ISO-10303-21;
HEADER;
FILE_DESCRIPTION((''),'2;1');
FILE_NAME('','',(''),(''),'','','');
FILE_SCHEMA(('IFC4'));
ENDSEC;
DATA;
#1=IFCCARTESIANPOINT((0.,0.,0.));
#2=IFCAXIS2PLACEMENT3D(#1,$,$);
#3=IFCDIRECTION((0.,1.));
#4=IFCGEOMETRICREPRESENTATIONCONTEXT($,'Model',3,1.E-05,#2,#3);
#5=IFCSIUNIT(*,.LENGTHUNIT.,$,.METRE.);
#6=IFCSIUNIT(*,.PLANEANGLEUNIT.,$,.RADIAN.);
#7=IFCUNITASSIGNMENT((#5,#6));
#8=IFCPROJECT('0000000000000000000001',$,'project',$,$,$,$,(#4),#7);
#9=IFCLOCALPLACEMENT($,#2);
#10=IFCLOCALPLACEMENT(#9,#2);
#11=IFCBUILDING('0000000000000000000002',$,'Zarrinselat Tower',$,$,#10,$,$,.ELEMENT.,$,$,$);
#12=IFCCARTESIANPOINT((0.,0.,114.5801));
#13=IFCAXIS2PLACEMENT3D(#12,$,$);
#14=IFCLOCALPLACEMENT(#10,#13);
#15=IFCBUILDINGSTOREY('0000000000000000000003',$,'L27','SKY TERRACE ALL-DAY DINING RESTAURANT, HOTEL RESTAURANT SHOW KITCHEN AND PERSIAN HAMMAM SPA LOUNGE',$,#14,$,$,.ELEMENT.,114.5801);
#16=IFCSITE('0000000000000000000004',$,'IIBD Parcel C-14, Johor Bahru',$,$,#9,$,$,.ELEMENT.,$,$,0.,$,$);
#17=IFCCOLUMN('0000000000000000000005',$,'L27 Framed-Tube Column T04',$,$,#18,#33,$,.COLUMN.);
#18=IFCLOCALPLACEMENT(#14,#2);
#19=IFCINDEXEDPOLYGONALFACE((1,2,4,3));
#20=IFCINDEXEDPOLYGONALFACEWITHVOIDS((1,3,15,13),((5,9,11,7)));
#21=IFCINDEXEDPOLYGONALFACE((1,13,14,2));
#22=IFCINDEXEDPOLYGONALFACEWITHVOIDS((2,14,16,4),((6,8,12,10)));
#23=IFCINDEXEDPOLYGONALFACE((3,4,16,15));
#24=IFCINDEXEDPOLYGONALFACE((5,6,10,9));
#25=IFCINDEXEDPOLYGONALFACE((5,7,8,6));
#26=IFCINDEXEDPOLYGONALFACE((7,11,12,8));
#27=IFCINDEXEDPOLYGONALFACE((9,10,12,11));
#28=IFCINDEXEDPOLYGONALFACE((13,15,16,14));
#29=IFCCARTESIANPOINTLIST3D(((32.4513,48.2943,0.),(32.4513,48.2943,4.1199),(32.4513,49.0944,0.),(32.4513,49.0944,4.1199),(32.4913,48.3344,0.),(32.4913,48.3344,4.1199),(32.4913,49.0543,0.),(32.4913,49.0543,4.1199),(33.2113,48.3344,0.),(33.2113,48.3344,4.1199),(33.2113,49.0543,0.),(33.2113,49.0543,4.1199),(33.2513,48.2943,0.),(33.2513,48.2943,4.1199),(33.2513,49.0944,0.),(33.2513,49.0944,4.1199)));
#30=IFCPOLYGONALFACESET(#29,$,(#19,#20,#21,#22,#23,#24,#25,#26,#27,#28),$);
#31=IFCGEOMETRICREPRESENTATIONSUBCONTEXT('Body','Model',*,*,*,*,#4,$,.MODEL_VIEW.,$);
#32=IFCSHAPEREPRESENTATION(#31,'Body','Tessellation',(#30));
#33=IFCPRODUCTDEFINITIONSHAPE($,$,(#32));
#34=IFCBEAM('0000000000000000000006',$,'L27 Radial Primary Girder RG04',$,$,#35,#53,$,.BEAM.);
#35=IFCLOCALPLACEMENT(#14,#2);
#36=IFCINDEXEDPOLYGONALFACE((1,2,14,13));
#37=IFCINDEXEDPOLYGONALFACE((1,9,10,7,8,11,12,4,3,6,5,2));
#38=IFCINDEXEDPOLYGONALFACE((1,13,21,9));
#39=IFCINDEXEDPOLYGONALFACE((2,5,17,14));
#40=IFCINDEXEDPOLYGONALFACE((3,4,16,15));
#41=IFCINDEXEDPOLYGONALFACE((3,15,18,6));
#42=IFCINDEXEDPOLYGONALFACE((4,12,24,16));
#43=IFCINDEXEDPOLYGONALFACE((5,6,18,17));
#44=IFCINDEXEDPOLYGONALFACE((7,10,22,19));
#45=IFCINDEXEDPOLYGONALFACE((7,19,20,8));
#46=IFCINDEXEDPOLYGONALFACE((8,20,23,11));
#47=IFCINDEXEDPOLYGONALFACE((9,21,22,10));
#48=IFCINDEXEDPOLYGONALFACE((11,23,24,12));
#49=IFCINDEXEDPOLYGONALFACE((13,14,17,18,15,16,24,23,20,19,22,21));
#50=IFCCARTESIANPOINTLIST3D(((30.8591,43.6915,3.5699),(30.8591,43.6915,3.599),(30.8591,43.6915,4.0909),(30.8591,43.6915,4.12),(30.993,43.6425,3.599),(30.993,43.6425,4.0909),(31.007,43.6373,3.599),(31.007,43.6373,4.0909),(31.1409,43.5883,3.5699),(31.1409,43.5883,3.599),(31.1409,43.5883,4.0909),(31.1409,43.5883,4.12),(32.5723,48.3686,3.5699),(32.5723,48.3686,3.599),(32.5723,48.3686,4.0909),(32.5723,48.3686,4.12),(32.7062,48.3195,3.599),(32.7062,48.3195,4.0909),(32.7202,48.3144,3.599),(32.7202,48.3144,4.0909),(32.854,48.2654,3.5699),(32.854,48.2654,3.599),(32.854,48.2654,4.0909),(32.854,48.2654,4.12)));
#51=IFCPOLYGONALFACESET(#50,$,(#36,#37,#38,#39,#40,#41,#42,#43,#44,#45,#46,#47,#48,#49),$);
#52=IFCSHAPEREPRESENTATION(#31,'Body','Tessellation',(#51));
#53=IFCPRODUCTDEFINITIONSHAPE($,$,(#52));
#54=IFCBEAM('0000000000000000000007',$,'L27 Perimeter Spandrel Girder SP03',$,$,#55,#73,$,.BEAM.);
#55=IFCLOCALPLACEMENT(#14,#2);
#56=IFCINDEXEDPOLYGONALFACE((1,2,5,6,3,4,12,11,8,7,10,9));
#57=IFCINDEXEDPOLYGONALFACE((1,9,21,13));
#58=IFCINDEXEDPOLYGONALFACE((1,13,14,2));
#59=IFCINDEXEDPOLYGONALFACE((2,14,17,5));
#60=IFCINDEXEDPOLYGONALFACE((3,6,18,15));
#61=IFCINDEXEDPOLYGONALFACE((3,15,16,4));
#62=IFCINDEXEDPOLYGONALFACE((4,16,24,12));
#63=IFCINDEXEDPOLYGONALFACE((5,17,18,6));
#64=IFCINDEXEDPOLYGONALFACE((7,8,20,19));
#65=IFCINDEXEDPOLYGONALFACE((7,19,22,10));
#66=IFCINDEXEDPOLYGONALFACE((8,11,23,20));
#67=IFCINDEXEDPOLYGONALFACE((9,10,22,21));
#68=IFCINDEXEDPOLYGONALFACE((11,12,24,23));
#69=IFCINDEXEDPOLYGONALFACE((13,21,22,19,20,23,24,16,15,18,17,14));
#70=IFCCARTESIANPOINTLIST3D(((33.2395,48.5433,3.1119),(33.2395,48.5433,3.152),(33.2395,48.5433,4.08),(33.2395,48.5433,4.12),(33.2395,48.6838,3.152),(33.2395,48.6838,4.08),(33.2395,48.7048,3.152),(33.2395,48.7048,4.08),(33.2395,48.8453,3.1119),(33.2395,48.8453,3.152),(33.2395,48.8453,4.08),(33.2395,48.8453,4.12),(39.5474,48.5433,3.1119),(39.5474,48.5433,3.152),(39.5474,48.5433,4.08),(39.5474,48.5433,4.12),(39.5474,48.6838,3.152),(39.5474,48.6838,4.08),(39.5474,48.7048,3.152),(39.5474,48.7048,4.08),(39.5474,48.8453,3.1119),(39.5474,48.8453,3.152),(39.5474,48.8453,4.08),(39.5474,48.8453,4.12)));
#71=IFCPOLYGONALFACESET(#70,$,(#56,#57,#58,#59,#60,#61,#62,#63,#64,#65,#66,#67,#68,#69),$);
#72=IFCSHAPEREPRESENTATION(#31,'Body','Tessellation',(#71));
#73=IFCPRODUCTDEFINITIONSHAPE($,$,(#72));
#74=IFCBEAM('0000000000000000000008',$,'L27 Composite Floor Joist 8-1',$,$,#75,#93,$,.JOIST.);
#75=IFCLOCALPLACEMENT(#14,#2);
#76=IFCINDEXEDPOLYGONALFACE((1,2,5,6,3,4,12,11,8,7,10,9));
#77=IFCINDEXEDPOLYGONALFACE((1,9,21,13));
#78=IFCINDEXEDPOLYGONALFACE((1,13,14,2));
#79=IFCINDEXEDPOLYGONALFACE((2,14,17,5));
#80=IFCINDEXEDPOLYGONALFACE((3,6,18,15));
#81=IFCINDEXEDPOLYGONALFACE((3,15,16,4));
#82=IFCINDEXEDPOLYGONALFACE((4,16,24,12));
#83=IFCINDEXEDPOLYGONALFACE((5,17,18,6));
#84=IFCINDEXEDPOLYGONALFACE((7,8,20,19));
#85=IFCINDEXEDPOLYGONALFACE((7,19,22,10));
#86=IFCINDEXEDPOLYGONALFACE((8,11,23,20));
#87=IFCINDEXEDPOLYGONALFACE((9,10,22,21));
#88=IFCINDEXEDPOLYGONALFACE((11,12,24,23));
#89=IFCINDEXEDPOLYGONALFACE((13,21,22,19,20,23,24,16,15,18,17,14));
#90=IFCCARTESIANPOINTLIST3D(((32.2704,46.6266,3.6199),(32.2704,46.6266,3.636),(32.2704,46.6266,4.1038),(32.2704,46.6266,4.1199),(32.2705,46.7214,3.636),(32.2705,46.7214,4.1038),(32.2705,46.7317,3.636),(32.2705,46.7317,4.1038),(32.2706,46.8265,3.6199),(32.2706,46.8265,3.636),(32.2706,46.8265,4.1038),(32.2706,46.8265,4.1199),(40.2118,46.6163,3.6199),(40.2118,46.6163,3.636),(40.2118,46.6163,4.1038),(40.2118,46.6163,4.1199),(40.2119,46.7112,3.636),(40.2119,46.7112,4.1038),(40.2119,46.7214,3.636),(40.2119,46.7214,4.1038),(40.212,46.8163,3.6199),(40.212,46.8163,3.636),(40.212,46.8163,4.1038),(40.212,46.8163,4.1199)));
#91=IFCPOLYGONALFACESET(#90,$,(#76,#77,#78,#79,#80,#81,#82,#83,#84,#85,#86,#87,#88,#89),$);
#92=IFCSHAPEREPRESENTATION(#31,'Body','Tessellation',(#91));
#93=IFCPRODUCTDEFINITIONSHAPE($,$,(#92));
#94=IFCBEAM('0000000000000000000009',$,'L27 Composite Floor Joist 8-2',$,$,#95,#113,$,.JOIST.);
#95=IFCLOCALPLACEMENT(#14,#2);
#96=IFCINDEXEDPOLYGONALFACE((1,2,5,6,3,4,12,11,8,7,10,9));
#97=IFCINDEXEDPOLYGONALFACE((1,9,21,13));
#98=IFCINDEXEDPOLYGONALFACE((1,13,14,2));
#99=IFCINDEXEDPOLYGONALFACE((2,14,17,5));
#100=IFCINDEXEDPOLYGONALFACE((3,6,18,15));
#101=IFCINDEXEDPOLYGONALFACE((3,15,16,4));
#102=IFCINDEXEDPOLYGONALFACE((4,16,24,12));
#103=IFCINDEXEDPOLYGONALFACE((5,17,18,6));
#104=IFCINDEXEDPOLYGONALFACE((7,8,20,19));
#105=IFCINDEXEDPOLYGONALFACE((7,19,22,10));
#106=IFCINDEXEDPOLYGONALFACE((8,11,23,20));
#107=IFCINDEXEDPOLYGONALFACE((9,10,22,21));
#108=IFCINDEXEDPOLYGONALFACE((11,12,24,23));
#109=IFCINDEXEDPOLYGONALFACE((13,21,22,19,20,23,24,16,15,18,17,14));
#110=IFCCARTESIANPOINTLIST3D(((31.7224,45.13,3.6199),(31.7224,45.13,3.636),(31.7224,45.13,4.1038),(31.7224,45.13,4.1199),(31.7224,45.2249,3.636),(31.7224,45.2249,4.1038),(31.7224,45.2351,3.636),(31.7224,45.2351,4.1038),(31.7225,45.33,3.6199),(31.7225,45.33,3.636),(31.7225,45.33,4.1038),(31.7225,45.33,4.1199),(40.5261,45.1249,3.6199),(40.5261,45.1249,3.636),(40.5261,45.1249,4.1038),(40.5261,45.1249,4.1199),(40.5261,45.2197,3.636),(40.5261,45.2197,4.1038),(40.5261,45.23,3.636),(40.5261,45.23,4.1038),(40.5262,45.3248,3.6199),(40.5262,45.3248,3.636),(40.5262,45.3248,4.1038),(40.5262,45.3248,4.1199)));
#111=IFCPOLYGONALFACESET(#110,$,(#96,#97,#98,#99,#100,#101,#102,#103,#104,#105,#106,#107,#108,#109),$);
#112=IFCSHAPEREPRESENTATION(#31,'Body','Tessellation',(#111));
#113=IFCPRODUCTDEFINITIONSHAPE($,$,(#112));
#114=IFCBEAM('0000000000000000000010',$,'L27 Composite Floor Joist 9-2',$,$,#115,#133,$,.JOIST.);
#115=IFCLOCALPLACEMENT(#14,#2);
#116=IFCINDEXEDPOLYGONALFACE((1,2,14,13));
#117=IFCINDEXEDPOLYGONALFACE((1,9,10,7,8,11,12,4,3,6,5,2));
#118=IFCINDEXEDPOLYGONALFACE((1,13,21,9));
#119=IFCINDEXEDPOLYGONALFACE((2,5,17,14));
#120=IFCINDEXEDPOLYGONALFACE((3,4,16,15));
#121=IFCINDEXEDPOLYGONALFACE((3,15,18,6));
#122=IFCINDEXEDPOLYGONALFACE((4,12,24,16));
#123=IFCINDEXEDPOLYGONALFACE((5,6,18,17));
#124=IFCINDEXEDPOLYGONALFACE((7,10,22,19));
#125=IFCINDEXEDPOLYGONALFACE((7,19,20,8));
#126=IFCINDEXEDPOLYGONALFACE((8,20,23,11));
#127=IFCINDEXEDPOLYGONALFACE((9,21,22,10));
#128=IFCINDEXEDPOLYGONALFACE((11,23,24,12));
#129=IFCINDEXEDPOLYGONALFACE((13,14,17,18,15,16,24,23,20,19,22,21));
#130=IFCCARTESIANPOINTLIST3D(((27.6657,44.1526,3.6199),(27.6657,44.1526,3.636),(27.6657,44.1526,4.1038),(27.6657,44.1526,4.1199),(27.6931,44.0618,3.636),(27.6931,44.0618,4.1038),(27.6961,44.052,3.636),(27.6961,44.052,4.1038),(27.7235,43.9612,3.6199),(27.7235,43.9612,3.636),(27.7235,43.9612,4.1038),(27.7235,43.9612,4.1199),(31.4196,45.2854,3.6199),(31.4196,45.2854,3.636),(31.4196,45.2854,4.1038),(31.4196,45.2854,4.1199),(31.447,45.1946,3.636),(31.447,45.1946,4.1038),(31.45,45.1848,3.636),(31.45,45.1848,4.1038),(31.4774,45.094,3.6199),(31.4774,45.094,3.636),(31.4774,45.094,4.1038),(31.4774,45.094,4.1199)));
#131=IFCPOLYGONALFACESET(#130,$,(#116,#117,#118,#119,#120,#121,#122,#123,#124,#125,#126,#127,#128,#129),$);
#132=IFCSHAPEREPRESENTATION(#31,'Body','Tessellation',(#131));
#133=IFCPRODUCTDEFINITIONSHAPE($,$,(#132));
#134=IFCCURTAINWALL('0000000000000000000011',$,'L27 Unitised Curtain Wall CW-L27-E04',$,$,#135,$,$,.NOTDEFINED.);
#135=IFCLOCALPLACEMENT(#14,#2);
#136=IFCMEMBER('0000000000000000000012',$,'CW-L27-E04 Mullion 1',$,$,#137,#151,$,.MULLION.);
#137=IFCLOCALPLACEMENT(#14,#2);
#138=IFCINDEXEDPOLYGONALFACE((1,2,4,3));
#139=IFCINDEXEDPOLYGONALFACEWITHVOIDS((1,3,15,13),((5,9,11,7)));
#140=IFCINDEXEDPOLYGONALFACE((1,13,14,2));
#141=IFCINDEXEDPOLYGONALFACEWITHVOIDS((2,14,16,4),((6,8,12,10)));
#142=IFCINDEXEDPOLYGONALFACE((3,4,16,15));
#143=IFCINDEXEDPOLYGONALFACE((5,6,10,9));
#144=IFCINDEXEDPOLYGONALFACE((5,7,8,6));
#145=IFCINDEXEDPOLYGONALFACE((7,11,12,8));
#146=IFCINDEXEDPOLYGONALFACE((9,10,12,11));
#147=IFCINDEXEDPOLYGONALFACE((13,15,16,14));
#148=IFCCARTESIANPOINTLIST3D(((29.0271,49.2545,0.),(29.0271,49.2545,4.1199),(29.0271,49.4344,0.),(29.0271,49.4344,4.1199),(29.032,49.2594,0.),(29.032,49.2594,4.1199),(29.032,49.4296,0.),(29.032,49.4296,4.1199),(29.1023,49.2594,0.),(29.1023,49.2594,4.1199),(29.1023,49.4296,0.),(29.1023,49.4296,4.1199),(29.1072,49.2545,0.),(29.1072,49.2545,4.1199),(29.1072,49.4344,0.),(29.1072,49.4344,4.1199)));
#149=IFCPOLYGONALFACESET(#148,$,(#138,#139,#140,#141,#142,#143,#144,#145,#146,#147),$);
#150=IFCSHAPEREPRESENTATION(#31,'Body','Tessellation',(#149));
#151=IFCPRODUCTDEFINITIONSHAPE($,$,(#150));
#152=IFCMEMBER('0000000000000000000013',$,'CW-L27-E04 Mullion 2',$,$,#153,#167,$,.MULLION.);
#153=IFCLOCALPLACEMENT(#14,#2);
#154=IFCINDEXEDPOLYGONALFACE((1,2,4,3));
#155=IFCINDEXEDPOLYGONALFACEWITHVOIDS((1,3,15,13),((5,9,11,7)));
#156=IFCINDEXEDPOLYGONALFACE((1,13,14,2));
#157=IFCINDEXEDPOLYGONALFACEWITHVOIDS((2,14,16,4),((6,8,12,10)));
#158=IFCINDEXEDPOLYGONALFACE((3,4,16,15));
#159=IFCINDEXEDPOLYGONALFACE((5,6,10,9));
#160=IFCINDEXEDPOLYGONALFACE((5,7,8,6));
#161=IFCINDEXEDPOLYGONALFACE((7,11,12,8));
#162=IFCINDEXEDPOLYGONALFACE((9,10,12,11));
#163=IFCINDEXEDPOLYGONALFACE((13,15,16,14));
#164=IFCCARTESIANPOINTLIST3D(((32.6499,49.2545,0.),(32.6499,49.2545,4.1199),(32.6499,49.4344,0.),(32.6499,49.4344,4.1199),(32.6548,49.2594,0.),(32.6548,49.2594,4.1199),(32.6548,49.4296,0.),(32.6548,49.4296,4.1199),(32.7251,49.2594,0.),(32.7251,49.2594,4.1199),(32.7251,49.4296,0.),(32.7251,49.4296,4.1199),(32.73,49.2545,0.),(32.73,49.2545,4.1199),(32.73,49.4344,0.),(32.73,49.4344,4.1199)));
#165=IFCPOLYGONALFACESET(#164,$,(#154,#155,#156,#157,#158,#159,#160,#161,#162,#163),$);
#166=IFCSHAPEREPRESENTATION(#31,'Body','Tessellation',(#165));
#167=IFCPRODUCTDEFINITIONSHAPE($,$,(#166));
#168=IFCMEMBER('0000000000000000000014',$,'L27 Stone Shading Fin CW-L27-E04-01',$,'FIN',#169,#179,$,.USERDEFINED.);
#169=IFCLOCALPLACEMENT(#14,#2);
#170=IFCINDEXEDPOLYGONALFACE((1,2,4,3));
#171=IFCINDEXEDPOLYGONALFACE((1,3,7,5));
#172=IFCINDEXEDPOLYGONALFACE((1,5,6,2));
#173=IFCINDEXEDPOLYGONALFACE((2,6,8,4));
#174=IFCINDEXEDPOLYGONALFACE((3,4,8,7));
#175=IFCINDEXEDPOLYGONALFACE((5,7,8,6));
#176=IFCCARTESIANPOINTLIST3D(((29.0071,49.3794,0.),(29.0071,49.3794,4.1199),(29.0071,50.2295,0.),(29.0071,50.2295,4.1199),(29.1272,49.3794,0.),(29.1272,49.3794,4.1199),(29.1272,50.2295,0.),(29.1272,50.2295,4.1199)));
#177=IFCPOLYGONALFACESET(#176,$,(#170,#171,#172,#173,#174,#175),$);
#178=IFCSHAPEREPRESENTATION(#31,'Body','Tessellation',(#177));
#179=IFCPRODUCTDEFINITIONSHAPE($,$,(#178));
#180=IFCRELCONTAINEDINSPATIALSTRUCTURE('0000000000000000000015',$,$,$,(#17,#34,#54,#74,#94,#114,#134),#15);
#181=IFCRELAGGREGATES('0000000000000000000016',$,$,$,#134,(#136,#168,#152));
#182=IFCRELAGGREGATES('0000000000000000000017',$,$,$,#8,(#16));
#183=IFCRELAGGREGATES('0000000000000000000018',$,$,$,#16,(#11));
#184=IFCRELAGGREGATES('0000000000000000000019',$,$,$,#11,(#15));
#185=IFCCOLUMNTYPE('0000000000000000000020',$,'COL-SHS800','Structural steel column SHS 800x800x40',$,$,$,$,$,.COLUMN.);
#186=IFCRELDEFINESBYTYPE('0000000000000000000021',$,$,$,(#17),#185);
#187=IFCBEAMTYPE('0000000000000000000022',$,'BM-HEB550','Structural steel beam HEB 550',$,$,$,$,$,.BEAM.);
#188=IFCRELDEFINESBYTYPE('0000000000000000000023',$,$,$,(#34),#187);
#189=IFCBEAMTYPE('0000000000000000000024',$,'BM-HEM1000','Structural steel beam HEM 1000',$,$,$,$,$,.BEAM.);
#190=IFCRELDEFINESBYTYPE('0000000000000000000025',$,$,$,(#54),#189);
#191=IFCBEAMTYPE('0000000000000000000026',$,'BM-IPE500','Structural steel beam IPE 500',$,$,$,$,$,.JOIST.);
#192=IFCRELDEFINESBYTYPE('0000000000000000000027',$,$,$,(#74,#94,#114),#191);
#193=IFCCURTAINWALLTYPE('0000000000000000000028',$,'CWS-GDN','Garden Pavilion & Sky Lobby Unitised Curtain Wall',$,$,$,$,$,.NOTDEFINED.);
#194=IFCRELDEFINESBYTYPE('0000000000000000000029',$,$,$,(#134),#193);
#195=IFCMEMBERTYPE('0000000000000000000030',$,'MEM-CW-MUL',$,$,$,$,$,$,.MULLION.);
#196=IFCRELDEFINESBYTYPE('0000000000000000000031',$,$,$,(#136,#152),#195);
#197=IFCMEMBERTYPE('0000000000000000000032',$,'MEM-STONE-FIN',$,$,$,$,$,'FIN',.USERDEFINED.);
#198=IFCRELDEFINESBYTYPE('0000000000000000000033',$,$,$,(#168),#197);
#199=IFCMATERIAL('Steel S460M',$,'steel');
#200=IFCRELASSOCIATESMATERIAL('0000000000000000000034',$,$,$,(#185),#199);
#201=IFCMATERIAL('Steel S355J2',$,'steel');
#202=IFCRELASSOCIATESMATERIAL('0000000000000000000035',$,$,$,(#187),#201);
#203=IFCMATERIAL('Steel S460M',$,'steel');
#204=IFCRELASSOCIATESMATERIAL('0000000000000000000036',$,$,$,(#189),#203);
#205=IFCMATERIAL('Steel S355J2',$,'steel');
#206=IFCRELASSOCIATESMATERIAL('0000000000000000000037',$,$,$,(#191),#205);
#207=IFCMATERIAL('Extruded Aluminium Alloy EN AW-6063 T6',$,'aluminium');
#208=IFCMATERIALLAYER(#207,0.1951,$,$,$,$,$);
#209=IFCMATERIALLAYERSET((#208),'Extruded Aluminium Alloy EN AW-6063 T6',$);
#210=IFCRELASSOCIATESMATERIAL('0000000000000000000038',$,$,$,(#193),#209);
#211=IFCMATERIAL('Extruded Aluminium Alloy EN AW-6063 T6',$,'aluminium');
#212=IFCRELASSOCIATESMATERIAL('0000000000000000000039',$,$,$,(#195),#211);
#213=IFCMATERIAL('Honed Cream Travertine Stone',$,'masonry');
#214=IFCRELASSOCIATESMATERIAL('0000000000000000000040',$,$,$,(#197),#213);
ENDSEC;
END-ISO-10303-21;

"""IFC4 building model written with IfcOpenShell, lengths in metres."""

from ifc_helpers import new_model, si_unit, direction, frame, origin, origin_2d, place, context, subcontext, project, spatial, rectangle, hollow_rectangle, i_section, extrude, material, layer, layer_set, material_profile, profile_set, type_object, element, aggregate, save


model = new_model("IFC4")

# Units and contexts
model_context = context("Model", 3, precision=1e-05, world=origin(), true_north=direction((0.0, 1.0)))
body_context = subcontext(model_context, "Body", "Model", "MODEL_VIEW")
ifc_project = project(units=[si_unit("LENGTHUNIT", "METRE"), si_unit("PLANEANGLEUNIT", "RADIAN")], contexts=[model_context])

# Site, building, storey
site_placement = place(None, origin())
site = spatial("IfcSite", under=ifc_project, at=site_placement, Name="IIBD Parcel C-14, Johor Bahru", CompositionType="ELEMENT", RefElevation=0.0)
building_placement = place(site_placement, origin())
building = spatial("IfcBuilding", under=site, at=building_placement, Name="Zarrinselat Tower", CompositionType="ELEMENT")
storey_placement = place(building_placement, frame((0.0, 0.0, 114.5801)))
storey = spatial("IfcBuildingStorey", under=building, at=storey_placement, Name="L27", Description="SKY TERRACE ALL-DAY DINING RESTAURANT, HOTEL RESTAURANT SHOW KITCHEN AND PERSIAN HAMMAM SPA LOUNGE", CompositionType="ELEMENT", Elevation=114.5801)

# Column
ifc_material_1 = material(Name="Steel S460M", Category="steel")
ifc_material_profile_1 = material_profile(ifc_material_1, hollow_rectangle(XDim=0.8, YDim=0.8, WallThickness=0.04, at=origin_2d()), Name="SHS 800x800x40")
ifc_profile_set_1 = profile_set([ifc_material_profile_1], Name="Steel S460M")
column_type = type_object("IfcColumnType", Name="COL-SHS800", Description="Structural steel column SHS 800x800x40", PredefinedType="COLUMN", material=ifc_profile_set_1)
column_placement = place(storey_placement, frame((32.8513, 48.6943, 0.0), z_axis=(0.0, 0.0, 1.0), x_axis=(1.0, 0.0, 0.0)))
element("IfcColumn", 1, at=column_placement, inside=storey, type_object=column_type, Name="L27 Framed-Tube Column T04", PredefinedType="COLUMN", context=body_context, shape_type="SweptSolid", body=[
    extrude(hollow_rectangle(XDim=0.8, YDim=0.8, WallThickness=0.04, at=origin_2d()), origin(), (0.0, 0.0, 1.0), 4.1199),
])

# Beams
ifc_material_2 = material(Name="Steel S355J2", Category="steel")
ifc_material_profile_2 = material_profile(ifc_material_2, i_section(OverallWidth=0.3, OverallDepth=0.55, WebThickness=0.0149, FlangeThickness=0.0291, at=origin_2d()), Name="HEB 550")
ifc_profile_set_2 = profile_set([ifc_material_profile_2], Name="Steel S355J2")
beam_type_1 = type_object("IfcBeamType", Name="BM-HEB550", Description="Structural steel beam HEB 550", PredefinedType="BEAM", material=ifc_profile_set_2)
beam_1_placement = place(storey_placement, frame((31.0, 43.6399, 3.845), z_axis=(0.343942, 0.938991, 0.0), x_axis=(-0.938991, 0.343942, 0.0)))
element("IfcBeam", 2, at=beam_1_placement, inside=storey, type_object=beam_type_1, Name="L27 Radial Primary Girder RG04", PredefinedType="BEAM", context=body_context, shape_type="SweptSolid", body=[
    extrude(i_section(OverallWidth=0.3, OverallDepth=0.55, WebThickness=0.0149, FlangeThickness=0.0291, at=origin_2d()), origin(), (0.0, 0.0, 1.0), 4.981),
])
ifc_material_3 = material(Name="Steel S460M", Category="steel")
ifc_material_profile_3 = material_profile(ifc_material_3, i_section(OverallWidth=0.302, OverallDepth=1.0081, WebThickness=0.021, FlangeThickness=0.04, at=origin_2d()), Name="HEM 1000")
ifc_profile_set_3 = profile_set([ifc_material_profile_3], Name="Steel S460M")
beam_type_2 = type_object("IfcBeamType", Name="BM-HEM1000", Description="Structural steel beam HEM 1000", PredefinedType="BEAM", material=ifc_profile_set_3)
beam_2_placement = place(storey_placement, frame((33.2395, 48.6943, 3.616), z_axis=(1.0, 0.0, 0.0), x_axis=(0.0, 1.0, 0.0)))
element("IfcBeam", 3, at=beam_2_placement, inside=storey, type_object=beam_type_2, Name="L27 Perimeter Spandrel Girder SP03", PredefinedType="BEAM", context=body_context, shape_type="SweptSolid", body=[
    extrude(i_section(OverallWidth=0.302, OverallDepth=1.0081, WebThickness=0.021, FlangeThickness=0.04, at=origin_2d()), origin(), (0.0, 0.0, 1.0), 6.3079),
])
ifc_material_4 = material(Name="Steel S355J2", Category="steel")
ifc_material_profile_4 = material_profile(ifc_material_4, i_section(OverallWidth=0.2, OverallDepth=0.5, WebThickness=0.0103, FlangeThickness=0.0161, at=origin_2d()), Name="IPE 500")
ifc_profile_set_4 = profile_set([ifc_material_profile_4], Name="Steel S355J2")
beam_type_3 = type_object("IfcBeamType", Name="BM-IPE500", Description="Structural steel beam IPE 500", PredefinedType="JOIST", material=ifc_profile_set_4)
beam_3_placement = place(storey_placement, frame((32.2705, 46.7266, 3.8699), z_axis=(0.999999, -0.001291, 0.0), x_axis=(0.001291, 0.999999, 0.0)))
element("IfcBeam", 4, at=beam_3_placement, inside=storey, type_object=beam_type_3, Name="L27 Composite Floor Joist 8-1", PredefinedType="JOIST", context=body_context, shape_type="SweptSolid", body=[
    extrude(i_section(OverallWidth=0.2, OverallDepth=0.5, WebThickness=0.0103, FlangeThickness=0.0161, at=origin_2d()), origin(), (0.0, 0.0, 1.0), 7.9414),
])
beam_4_placement = place(storey_placement, frame((31.7224, 45.23, 3.8699), z_axis=(1.0, -0.000582, 0.0), x_axis=(0.000582, 1.0, 0.0)))
element("IfcBeam", 5, at=beam_4_placement, inside=storey, type_object=beam_type_3, Name="L27 Composite Floor Joist 8-2", PredefinedType="JOIST", context=body_context, shape_type="SweptSolid", body=[
    extrude(i_section(OverallWidth=0.2, OverallDepth=0.5, WebThickness=0.0103, FlangeThickness=0.0161, at=origin_2d()), origin(), (0.0, 0.0, 1.0), 8.8037),
])
beam_5_placement = place(storey_placement, frame((27.6946, 44.0569, 3.8699), z_axis=(0.957359, 0.288901, 0.0), x_axis=(-0.288901, 0.957359, 0.0)))
element("IfcBeam", 6, at=beam_5_placement, inside=storey, type_object=beam_type_3, Name="L27 Composite Floor Joist 9-2", PredefinedType="JOIST", context=body_context, shape_type="SweptSolid", body=[
    extrude(i_section(OverallWidth=0.2, OverallDepth=0.5, WebThickness=0.0103, FlangeThickness=0.0161, at=origin_2d()), origin(), (0.0, 0.0, 1.0), 3.9211),
])

# Curtain wall, members
ifc_material_5 = material(Name="Extruded Aluminium Alloy EN AW-6063 T6", Category="aluminium")
ifc_layer_1 = layer(ifc_material_5, 0.1951)
ifc_layer_set_1 = layer_set([ifc_layer_1], Name="Extruded Aluminium Alloy EN AW-6063 T6")
curtain_wall_type = type_object("IfcCurtainWallType", Name="CWS-GDN", Description="Garden Pavilion & Sky Lobby Unitised Curtain Wall", PredefinedType="NOTDEFINED", material=ifc_layer_set_1)
curtain_wall_placement = place(storey_placement, origin())
curtain_wall = element("IfcCurtainWall", 7, at=curtain_wall_placement, inside=storey, type_object=curtain_wall_type, Name="L27 Unitised Curtain Wall CW-L27-E04", PredefinedType="NOTDEFINED")
ifc_material_6 = material(Name="Extruded Aluminium Alloy EN AW-6063 T6", Category="aluminium")
ifc_material_profile_5 = material_profile(ifc_material_6, hollow_rectangle(XDim=0.0801, YDim=0.1799, WallThickness=0.0049, at=origin_2d()), Name="RHS 180x80x5")
ifc_profile_set_5 = profile_set([ifc_material_profile_5], Name="Extruded Aluminium Alloy EN AW-6063 T6")
member_type_1 = type_object("IfcMemberType", Name="MEM-CW-MUL", PredefinedType="MULLION", material=ifc_profile_set_5)
member_1_placement = place(storey_placement, frame((29.0671, 49.3445, 0.0), z_axis=(0.0, 0.0, 1.0), x_axis=(1.0, 0.0, 0.0)))
member_1 = element("IfcMember", 8, at=member_1_placement, type_object=member_type_1, Name="CW-L27-E04 Mullion 1", PredefinedType="MULLION", context=body_context, shape_type="SweptSolid", body=[
    extrude(hollow_rectangle(XDim=0.0801, YDim=0.1799, WallThickness=0.0049, at=origin_2d()), origin(), (0.0, 0.0, 1.0), 4.1199),
])
member_2_placement = place(storey_placement, frame((32.6899, 49.3445, 0.0), z_axis=(0.0, 0.0, 1.0), x_axis=(1.0, 0.0, 0.0)))
member_2 = element("IfcMember", 9, at=member_2_placement, type_object=member_type_1, Name="CW-L27-E04 Mullion 2", PredefinedType="MULLION", context=body_context, shape_type="SweptSolid", body=[
    extrude(hollow_rectangle(XDim=0.0801, YDim=0.1799, WallThickness=0.0049, at=origin_2d()), origin(), (0.0, 0.0, 1.0), 4.1199),
])
ifc_material_7 = material(Name="Honed Cream Travertine Stone", Category="masonry")
ifc_material_profile_6 = material_profile(ifc_material_7, rectangle(XDim=0.1201, YDim=0.8501, at=origin_2d()), Name="FIN 850x120")
ifc_profile_set_6 = profile_set([ifc_material_profile_6], Name="Honed Cream Travertine Stone")
member_type_2 = type_object("IfcMemberType", Name="MEM-STONE-FIN", ElementType="FIN", PredefinedType="USERDEFINED", material=ifc_profile_set_6)
member_3_placement = place(storey_placement, frame((29.0671, 49.8044, 0.0), z_axis=(0.0, 0.0, 1.0), x_axis=(1.0, 0.0, 0.0)))
member_3 = element("IfcMember", 10, at=member_3_placement, type_object=member_type_2, Name="L27 Stone Shading Fin CW-L27-E04-01", ObjectType="FIN", PredefinedType="USERDEFINED", context=body_context, shape_type="SweptSolid", body=[
    extrude(rectangle(XDim=0.1201, YDim=0.8501, at=origin_2d()), origin(), (0.0, 0.0, 1.0), 4.1199),
])
aggregate(curtain_wall, [member_1, member_3, member_2])

save(model, "model.ifc")
